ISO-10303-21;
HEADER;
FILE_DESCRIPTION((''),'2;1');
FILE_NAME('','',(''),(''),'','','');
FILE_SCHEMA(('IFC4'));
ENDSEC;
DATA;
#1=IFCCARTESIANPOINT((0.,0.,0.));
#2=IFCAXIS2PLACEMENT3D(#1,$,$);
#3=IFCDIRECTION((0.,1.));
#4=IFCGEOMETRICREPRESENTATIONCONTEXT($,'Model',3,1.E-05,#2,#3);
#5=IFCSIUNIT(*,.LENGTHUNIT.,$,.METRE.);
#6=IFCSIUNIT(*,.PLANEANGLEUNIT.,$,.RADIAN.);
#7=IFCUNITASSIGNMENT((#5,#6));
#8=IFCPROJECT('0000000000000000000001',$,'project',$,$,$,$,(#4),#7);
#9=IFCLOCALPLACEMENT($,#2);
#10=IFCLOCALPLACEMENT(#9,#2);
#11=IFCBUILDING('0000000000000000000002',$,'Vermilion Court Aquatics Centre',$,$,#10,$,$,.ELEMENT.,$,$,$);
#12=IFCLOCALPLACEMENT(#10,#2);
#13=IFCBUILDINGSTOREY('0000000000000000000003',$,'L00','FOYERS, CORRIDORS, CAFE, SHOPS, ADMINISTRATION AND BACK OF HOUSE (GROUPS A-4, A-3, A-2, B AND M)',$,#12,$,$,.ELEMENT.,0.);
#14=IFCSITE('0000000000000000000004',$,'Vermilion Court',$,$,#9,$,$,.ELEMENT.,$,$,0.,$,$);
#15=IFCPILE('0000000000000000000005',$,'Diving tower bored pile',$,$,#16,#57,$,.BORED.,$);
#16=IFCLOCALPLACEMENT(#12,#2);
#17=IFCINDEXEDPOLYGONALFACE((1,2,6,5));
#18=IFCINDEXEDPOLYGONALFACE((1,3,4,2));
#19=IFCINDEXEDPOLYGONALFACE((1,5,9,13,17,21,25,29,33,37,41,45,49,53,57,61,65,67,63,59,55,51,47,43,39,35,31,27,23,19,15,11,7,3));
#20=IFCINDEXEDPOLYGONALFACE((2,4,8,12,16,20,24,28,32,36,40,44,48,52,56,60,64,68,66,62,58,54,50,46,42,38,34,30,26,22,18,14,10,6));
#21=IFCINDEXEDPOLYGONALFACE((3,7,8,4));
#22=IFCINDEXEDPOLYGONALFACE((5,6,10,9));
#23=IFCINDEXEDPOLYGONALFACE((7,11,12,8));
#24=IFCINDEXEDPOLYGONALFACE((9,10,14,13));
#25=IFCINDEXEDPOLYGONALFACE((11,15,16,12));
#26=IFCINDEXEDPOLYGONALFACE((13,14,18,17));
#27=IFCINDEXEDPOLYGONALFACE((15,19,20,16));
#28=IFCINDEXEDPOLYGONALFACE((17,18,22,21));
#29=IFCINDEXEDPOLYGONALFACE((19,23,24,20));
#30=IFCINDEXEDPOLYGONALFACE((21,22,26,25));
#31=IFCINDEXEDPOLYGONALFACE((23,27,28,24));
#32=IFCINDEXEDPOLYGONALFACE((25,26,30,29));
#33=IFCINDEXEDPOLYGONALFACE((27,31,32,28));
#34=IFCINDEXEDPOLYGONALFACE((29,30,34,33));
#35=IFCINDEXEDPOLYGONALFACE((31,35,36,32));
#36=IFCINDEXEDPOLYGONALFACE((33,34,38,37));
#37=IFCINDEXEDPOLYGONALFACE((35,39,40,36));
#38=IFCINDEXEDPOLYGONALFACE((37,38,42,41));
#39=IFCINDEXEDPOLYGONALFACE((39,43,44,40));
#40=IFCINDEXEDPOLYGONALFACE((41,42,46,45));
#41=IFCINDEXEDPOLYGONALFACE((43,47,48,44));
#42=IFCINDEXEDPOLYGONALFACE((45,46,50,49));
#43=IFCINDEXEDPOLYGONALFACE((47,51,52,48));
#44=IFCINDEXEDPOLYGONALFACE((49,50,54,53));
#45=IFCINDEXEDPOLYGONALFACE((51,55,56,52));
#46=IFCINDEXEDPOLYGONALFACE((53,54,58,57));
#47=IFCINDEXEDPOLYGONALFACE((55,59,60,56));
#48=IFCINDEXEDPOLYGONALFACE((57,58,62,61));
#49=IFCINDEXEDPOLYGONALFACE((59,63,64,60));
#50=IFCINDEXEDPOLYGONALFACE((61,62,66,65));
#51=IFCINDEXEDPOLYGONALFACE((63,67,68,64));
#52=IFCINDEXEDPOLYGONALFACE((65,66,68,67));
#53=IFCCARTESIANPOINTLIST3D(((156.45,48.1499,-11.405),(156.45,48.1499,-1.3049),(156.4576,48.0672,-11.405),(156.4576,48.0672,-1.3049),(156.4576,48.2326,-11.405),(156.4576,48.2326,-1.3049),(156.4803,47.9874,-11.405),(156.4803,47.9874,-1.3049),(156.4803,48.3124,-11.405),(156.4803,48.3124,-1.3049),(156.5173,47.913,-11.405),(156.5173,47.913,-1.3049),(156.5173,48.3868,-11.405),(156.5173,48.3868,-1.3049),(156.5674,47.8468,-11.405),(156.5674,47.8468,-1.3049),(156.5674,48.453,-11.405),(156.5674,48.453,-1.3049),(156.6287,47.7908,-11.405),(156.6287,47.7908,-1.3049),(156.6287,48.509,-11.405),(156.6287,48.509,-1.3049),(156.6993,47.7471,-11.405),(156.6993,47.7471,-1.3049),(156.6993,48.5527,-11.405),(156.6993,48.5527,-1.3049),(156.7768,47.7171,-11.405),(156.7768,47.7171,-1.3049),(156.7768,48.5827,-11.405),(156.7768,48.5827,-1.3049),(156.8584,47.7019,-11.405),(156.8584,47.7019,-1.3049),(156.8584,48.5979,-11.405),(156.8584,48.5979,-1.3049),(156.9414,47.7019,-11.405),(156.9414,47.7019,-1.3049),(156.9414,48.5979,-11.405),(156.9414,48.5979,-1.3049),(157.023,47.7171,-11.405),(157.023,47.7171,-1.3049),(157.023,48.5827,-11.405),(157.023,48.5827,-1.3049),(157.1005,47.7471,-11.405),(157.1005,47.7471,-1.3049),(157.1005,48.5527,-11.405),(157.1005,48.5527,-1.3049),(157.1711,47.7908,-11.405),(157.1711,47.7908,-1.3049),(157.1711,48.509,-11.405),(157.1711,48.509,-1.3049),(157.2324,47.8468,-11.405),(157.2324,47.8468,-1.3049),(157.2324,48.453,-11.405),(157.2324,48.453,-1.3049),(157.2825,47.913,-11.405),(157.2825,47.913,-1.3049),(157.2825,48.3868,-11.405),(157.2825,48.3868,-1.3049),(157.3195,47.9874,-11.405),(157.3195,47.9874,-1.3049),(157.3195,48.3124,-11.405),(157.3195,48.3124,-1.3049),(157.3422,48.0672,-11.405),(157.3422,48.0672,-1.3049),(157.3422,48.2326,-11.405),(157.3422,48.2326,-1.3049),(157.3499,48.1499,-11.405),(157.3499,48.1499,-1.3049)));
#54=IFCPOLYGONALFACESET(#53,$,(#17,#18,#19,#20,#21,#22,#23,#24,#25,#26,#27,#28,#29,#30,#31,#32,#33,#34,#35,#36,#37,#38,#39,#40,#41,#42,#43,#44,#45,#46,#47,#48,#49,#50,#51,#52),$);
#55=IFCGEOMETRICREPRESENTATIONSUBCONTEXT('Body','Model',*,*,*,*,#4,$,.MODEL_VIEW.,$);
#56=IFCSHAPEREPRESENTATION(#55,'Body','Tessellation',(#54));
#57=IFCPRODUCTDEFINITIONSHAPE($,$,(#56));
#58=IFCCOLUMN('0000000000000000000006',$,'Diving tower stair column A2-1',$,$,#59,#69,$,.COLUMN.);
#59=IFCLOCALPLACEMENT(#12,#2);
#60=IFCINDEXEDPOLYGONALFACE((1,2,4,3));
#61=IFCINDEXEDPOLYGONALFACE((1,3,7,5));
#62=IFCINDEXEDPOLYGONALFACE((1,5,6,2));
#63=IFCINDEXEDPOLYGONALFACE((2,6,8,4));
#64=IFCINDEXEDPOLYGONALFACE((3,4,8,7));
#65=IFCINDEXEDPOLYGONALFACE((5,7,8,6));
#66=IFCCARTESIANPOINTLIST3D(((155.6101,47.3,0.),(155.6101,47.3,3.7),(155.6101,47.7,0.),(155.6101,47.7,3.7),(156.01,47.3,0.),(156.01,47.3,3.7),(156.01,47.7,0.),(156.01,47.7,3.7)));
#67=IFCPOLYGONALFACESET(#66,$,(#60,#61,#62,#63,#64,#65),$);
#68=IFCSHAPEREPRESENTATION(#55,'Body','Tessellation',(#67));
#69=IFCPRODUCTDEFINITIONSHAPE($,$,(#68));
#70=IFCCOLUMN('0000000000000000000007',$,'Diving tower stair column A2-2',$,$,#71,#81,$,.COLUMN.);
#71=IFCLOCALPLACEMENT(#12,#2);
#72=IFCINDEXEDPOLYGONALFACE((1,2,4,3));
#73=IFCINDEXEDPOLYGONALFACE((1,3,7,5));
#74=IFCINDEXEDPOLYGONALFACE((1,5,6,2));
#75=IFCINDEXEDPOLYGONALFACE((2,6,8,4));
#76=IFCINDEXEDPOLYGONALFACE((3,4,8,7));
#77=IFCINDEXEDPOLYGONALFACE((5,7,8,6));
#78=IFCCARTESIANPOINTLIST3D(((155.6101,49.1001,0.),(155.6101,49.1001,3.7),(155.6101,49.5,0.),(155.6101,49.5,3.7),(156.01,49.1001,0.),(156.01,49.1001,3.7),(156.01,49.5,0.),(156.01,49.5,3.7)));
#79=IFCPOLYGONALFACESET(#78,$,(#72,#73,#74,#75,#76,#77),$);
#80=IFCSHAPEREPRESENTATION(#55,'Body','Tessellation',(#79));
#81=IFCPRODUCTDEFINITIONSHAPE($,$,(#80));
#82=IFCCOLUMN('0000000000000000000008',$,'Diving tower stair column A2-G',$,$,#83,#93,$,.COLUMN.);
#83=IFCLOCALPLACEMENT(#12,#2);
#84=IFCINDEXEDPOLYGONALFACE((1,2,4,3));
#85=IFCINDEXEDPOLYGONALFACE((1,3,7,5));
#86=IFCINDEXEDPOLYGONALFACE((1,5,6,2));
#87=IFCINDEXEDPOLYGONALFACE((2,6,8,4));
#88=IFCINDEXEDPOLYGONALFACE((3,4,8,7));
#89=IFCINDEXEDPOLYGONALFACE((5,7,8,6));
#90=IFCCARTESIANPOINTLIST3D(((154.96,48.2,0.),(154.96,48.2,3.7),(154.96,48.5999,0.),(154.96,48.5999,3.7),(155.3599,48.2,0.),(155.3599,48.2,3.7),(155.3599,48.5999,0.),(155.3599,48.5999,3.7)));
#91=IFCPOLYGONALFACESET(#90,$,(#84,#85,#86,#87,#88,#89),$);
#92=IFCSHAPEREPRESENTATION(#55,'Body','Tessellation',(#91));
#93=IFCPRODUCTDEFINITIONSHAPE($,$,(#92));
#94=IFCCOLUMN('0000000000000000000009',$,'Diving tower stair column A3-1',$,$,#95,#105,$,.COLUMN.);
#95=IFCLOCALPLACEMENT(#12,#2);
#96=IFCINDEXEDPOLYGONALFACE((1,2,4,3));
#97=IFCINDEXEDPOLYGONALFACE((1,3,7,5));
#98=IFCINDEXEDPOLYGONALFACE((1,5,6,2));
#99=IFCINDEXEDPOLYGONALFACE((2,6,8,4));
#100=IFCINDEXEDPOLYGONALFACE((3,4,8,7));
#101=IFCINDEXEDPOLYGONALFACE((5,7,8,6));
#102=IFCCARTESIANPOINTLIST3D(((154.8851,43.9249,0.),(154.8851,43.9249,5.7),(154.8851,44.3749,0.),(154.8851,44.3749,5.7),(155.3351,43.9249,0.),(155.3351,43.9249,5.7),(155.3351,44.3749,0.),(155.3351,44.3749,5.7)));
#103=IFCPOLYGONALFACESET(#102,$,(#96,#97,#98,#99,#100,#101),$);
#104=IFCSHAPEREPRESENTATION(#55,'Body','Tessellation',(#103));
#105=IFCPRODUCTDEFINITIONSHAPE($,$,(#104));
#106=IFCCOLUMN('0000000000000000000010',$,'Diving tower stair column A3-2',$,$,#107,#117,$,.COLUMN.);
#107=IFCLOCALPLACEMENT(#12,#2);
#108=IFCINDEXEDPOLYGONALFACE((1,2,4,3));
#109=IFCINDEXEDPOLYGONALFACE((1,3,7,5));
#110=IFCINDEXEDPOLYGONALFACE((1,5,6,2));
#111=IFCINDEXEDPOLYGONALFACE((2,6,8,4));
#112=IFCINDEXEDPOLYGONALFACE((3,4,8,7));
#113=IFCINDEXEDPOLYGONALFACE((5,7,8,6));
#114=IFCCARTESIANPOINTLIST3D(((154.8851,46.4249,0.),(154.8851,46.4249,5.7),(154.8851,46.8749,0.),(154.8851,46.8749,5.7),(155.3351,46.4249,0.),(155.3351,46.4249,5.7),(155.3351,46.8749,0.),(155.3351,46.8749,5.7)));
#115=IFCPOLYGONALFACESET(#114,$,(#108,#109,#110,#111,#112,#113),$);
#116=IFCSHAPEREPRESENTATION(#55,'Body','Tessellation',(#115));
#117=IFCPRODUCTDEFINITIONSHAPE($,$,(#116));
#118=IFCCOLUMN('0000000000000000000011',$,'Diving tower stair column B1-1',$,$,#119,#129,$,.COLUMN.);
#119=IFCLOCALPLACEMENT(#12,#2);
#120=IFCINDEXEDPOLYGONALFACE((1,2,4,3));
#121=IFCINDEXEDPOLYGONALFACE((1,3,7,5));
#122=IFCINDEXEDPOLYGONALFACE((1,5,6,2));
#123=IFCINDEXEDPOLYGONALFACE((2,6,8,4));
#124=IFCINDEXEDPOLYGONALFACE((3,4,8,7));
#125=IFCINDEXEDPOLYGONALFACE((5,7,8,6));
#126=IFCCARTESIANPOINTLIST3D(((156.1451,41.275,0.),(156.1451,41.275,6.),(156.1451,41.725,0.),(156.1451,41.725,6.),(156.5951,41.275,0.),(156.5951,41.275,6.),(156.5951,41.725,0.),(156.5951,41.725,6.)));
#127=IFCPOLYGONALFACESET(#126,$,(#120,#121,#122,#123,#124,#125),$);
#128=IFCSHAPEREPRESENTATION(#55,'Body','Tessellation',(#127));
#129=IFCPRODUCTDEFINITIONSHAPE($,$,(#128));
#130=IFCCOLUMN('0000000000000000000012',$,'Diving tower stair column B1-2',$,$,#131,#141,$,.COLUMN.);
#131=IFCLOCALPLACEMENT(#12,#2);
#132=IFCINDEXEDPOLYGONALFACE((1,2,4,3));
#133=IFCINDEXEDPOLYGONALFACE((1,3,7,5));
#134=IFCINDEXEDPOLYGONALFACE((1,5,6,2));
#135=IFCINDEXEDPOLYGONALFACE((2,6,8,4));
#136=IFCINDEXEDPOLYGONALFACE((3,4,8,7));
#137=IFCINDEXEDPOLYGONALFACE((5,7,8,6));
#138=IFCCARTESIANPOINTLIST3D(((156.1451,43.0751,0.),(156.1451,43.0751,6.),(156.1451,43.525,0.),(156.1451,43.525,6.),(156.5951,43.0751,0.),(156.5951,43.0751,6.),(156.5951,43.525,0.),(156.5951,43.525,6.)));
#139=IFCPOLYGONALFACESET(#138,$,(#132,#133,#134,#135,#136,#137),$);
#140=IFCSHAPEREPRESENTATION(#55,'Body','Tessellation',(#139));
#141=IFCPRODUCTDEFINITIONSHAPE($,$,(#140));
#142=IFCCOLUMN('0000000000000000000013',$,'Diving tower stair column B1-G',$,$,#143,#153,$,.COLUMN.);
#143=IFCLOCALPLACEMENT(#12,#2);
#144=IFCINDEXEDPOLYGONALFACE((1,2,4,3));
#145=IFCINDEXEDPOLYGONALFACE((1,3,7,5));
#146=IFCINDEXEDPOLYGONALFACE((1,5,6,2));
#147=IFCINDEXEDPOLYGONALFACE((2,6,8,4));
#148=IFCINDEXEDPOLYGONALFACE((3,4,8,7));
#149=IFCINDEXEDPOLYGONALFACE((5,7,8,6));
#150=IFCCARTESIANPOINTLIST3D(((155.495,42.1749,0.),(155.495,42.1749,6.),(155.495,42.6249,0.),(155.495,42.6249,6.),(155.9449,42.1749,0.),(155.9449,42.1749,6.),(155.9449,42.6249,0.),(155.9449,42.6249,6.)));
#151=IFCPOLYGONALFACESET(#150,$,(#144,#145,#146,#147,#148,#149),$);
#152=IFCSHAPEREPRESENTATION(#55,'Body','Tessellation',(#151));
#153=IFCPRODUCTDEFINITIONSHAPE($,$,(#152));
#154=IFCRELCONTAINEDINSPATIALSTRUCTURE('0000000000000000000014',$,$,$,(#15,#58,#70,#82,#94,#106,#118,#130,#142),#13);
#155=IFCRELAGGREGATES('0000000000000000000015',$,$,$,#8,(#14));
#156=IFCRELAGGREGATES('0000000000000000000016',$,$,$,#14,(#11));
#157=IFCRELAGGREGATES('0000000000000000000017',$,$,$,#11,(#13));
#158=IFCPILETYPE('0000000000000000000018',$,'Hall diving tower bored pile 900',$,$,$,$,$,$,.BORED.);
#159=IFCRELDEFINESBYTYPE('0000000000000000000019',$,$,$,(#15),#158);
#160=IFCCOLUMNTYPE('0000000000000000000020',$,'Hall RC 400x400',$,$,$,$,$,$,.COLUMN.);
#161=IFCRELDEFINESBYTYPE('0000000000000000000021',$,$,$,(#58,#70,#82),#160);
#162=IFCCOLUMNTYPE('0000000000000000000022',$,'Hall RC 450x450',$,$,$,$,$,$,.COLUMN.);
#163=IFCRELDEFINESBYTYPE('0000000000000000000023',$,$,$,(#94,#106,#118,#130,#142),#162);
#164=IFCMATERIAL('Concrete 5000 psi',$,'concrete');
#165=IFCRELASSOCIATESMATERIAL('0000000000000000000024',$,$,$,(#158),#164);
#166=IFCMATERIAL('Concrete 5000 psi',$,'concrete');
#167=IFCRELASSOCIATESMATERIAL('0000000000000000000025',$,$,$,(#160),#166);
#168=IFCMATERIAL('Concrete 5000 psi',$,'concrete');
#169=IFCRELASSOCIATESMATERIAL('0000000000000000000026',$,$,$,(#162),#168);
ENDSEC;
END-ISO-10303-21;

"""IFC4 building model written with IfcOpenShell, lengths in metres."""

from ifc_helpers import new_model, si_unit, direction, frame, origin, origin_2d, place, context, subcontext, project, spatial, rectangle, circle, extrude, material, material_profile, profile_set, type_object, element, save


model = new_model("IFC4")

# Units and contexts
model_context = context("Model", 3, precision=1e-05, world=origin(), true_north=direction((0.0, 1.0)))
body_context = subcontext(model_context, "Body", "Model", "MODEL_VIEW")
ifc_project = project(units=[si_unit("LENGTHUNIT", "METRE"), si_unit("PLANEANGLEUNIT", "RADIAN")], contexts=[model_context])

# Site, building, storey
site_placement = place(None, origin())
site = spatial("IfcSite", under=ifc_project, at=site_placement, Name="Vermilion Court", CompositionType="ELEMENT", RefElevation=0.0)
building_placement = place(site_placement, origin())
building = spatial("IfcBuilding", under=site, at=building_placement, Name="Vermilion Court Aquatics Centre", CompositionType="ELEMENT")
storey_placement = place(building_placement, origin())
storey = spatial("IfcBuildingStorey", under=building, at=storey_placement, Name="L00", Description="FOYERS, CORRIDORS, CAFE, SHOPS, ADMINISTRATION AND BACK OF HOUSE (GROUPS A-4, A-3, A-2, B AND M)", CompositionType="ELEMENT", Elevation=0.0)

# Pile
ifc_material_1 = material(Name="Concrete 5000 psi", Category="concrete")
ifc_material_profile_1 = material_profile(ifc_material_1, circle(Radius=0.45, at=origin_2d()), Name="D900")
ifc_profile_set_1 = profile_set([ifc_material_profile_1], Name="Concrete 5000 psi")
pile_type = type_object("IfcPileType", Name="Hall diving tower bored pile 900", PredefinedType="BORED", material=ifc_profile_set_1)
for number, where, z_axis, x_axis, name in (
    (1, (156.8999, 48.1499, -1.3049), (0.0, 0.0, -1.0), (1.0, 0.0, 0.0), "Diving tower bored pile"),
):
    element("IfcPile", number, at=place(storey_placement, frame(where, z_axis=z_axis, x_axis=x_axis)), inside=storey, type_object=pile_type, Name=name, PredefinedType="BORED", context=body_context, shape_type="SweptSolid", body=[
        extrude(circle(Radius=0.45, at=origin_2d()), origin(), (0.0, 0.0, 1.0), 10.1001),
    ])

# Columns
ifc_material_2 = material(Name="Concrete 5000 psi", Category="concrete")
ifc_material_profile_2 = material_profile(ifc_material_2, rectangle(XDim=0.3999, YDim=0.3999, at=origin_2d()), Name="RC 400x400")
ifc_profile_set_2 = profile_set([ifc_material_profile_2], Name="Concrete 5000 psi")
column_type_1 = type_object("IfcColumnType", Name="Hall RC 400x400", PredefinedType="COLUMN", material=ifc_profile_set_2)
for number, where, z_axis, x_axis, name in (
    (2, (155.8101, 47.5, 0.0), (0.0, 0.0, 1.0), (1.0, 0.0, 0.0), "Diving tower stair column A2-1"),
    (3, (155.8101, 49.3, 0.0), (0.0, 0.0, 1.0), (1.0, 0.0, 0.0), "Diving tower stair column A2-2"),
    (4, (155.1599, 48.3999, 0.0), (0.0, 0.0, 1.0), (1.0, 0.0, 0.0), "Diving tower stair column A2-G"),
):
    element("IfcColumn", number, at=place(storey_placement, frame(where, z_axis=z_axis, x_axis=x_axis)), inside=storey, type_object=column_type_1, Name=name, PredefinedType="COLUMN", context=body_context, shape_type="SweptSolid", body=[
        extrude(rectangle(XDim=0.3999, YDim=0.3999, at=origin_2d()), origin(), (0.0, 0.0, 1.0), 3.7),
    ])
ifc_material_3 = material(Name="Concrete 5000 psi", Category="concrete")
ifc_material_profile_3 = material_profile(ifc_material_3, rectangle(XDim=0.45, YDim=0.45, at=origin_2d()), Name="RC 450x450")
ifc_profile_set_3 = profile_set([ifc_material_profile_3], Name="Concrete 5000 psi")
column_type_2 = type_object("IfcColumnType", Name="Hall RC 450x450", PredefinedType="COLUMN", material=ifc_profile_set_3)
for number, where, z_axis, x_axis, name in (
    (5, (155.1101, 44.1499, 0.0), (0.0, 0.0, 1.0), (1.0, 0.0, 0.0), "Diving tower stair column A3-1"),
    (6, (155.1101, 46.6499, 0.0), (0.0, 0.0, 1.0), (1.0, 0.0, 0.0), "Diving tower stair column A3-2"),
):
    element("IfcColumn", number, at=place(storey_placement, frame(where, z_axis=z_axis, x_axis=x_axis)), inside=storey, type_object=column_type_2, Name=name, PredefinedType="COLUMN", context=body_context, shape_type="SweptSolid", body=[
        extrude(rectangle(XDim=0.45, YDim=0.45, at=origin_2d()), origin(), (0.0, 0.0, 1.0), 5.7),
    ])
for number, where, z_axis, x_axis, name in (
    (7, (156.3701, 41.5, 0.0), (0.0, 0.0, 1.0), (1.0, 0.0, 0.0), "Diving tower stair column B1-1"),
    (8, (156.3701, 43.3, 0.0), (0.0, 0.0, 1.0), (1.0, 0.0, 0.0), "Diving tower stair column B1-2"),
    (9, (155.72, 42.3999, 0.0), (0.0, 0.0, 1.0), (1.0, 0.0, 0.0), "Diving tower stair column B1-G"),
):
    element("IfcColumn", number, at=place(storey_placement, frame(where, z_axis=z_axis, x_axis=x_axis)), inside=storey, type_object=column_type_2, Name=name, PredefinedType="COLUMN", context=body_context, shape_type="SweptSolid", body=[
        extrude(rectangle(XDim=0.45, YDim=0.45, at=origin_2d()), origin(), (0.0, 0.0, 1.0), 6.0),
    ])

save(model, "model.ifc")
